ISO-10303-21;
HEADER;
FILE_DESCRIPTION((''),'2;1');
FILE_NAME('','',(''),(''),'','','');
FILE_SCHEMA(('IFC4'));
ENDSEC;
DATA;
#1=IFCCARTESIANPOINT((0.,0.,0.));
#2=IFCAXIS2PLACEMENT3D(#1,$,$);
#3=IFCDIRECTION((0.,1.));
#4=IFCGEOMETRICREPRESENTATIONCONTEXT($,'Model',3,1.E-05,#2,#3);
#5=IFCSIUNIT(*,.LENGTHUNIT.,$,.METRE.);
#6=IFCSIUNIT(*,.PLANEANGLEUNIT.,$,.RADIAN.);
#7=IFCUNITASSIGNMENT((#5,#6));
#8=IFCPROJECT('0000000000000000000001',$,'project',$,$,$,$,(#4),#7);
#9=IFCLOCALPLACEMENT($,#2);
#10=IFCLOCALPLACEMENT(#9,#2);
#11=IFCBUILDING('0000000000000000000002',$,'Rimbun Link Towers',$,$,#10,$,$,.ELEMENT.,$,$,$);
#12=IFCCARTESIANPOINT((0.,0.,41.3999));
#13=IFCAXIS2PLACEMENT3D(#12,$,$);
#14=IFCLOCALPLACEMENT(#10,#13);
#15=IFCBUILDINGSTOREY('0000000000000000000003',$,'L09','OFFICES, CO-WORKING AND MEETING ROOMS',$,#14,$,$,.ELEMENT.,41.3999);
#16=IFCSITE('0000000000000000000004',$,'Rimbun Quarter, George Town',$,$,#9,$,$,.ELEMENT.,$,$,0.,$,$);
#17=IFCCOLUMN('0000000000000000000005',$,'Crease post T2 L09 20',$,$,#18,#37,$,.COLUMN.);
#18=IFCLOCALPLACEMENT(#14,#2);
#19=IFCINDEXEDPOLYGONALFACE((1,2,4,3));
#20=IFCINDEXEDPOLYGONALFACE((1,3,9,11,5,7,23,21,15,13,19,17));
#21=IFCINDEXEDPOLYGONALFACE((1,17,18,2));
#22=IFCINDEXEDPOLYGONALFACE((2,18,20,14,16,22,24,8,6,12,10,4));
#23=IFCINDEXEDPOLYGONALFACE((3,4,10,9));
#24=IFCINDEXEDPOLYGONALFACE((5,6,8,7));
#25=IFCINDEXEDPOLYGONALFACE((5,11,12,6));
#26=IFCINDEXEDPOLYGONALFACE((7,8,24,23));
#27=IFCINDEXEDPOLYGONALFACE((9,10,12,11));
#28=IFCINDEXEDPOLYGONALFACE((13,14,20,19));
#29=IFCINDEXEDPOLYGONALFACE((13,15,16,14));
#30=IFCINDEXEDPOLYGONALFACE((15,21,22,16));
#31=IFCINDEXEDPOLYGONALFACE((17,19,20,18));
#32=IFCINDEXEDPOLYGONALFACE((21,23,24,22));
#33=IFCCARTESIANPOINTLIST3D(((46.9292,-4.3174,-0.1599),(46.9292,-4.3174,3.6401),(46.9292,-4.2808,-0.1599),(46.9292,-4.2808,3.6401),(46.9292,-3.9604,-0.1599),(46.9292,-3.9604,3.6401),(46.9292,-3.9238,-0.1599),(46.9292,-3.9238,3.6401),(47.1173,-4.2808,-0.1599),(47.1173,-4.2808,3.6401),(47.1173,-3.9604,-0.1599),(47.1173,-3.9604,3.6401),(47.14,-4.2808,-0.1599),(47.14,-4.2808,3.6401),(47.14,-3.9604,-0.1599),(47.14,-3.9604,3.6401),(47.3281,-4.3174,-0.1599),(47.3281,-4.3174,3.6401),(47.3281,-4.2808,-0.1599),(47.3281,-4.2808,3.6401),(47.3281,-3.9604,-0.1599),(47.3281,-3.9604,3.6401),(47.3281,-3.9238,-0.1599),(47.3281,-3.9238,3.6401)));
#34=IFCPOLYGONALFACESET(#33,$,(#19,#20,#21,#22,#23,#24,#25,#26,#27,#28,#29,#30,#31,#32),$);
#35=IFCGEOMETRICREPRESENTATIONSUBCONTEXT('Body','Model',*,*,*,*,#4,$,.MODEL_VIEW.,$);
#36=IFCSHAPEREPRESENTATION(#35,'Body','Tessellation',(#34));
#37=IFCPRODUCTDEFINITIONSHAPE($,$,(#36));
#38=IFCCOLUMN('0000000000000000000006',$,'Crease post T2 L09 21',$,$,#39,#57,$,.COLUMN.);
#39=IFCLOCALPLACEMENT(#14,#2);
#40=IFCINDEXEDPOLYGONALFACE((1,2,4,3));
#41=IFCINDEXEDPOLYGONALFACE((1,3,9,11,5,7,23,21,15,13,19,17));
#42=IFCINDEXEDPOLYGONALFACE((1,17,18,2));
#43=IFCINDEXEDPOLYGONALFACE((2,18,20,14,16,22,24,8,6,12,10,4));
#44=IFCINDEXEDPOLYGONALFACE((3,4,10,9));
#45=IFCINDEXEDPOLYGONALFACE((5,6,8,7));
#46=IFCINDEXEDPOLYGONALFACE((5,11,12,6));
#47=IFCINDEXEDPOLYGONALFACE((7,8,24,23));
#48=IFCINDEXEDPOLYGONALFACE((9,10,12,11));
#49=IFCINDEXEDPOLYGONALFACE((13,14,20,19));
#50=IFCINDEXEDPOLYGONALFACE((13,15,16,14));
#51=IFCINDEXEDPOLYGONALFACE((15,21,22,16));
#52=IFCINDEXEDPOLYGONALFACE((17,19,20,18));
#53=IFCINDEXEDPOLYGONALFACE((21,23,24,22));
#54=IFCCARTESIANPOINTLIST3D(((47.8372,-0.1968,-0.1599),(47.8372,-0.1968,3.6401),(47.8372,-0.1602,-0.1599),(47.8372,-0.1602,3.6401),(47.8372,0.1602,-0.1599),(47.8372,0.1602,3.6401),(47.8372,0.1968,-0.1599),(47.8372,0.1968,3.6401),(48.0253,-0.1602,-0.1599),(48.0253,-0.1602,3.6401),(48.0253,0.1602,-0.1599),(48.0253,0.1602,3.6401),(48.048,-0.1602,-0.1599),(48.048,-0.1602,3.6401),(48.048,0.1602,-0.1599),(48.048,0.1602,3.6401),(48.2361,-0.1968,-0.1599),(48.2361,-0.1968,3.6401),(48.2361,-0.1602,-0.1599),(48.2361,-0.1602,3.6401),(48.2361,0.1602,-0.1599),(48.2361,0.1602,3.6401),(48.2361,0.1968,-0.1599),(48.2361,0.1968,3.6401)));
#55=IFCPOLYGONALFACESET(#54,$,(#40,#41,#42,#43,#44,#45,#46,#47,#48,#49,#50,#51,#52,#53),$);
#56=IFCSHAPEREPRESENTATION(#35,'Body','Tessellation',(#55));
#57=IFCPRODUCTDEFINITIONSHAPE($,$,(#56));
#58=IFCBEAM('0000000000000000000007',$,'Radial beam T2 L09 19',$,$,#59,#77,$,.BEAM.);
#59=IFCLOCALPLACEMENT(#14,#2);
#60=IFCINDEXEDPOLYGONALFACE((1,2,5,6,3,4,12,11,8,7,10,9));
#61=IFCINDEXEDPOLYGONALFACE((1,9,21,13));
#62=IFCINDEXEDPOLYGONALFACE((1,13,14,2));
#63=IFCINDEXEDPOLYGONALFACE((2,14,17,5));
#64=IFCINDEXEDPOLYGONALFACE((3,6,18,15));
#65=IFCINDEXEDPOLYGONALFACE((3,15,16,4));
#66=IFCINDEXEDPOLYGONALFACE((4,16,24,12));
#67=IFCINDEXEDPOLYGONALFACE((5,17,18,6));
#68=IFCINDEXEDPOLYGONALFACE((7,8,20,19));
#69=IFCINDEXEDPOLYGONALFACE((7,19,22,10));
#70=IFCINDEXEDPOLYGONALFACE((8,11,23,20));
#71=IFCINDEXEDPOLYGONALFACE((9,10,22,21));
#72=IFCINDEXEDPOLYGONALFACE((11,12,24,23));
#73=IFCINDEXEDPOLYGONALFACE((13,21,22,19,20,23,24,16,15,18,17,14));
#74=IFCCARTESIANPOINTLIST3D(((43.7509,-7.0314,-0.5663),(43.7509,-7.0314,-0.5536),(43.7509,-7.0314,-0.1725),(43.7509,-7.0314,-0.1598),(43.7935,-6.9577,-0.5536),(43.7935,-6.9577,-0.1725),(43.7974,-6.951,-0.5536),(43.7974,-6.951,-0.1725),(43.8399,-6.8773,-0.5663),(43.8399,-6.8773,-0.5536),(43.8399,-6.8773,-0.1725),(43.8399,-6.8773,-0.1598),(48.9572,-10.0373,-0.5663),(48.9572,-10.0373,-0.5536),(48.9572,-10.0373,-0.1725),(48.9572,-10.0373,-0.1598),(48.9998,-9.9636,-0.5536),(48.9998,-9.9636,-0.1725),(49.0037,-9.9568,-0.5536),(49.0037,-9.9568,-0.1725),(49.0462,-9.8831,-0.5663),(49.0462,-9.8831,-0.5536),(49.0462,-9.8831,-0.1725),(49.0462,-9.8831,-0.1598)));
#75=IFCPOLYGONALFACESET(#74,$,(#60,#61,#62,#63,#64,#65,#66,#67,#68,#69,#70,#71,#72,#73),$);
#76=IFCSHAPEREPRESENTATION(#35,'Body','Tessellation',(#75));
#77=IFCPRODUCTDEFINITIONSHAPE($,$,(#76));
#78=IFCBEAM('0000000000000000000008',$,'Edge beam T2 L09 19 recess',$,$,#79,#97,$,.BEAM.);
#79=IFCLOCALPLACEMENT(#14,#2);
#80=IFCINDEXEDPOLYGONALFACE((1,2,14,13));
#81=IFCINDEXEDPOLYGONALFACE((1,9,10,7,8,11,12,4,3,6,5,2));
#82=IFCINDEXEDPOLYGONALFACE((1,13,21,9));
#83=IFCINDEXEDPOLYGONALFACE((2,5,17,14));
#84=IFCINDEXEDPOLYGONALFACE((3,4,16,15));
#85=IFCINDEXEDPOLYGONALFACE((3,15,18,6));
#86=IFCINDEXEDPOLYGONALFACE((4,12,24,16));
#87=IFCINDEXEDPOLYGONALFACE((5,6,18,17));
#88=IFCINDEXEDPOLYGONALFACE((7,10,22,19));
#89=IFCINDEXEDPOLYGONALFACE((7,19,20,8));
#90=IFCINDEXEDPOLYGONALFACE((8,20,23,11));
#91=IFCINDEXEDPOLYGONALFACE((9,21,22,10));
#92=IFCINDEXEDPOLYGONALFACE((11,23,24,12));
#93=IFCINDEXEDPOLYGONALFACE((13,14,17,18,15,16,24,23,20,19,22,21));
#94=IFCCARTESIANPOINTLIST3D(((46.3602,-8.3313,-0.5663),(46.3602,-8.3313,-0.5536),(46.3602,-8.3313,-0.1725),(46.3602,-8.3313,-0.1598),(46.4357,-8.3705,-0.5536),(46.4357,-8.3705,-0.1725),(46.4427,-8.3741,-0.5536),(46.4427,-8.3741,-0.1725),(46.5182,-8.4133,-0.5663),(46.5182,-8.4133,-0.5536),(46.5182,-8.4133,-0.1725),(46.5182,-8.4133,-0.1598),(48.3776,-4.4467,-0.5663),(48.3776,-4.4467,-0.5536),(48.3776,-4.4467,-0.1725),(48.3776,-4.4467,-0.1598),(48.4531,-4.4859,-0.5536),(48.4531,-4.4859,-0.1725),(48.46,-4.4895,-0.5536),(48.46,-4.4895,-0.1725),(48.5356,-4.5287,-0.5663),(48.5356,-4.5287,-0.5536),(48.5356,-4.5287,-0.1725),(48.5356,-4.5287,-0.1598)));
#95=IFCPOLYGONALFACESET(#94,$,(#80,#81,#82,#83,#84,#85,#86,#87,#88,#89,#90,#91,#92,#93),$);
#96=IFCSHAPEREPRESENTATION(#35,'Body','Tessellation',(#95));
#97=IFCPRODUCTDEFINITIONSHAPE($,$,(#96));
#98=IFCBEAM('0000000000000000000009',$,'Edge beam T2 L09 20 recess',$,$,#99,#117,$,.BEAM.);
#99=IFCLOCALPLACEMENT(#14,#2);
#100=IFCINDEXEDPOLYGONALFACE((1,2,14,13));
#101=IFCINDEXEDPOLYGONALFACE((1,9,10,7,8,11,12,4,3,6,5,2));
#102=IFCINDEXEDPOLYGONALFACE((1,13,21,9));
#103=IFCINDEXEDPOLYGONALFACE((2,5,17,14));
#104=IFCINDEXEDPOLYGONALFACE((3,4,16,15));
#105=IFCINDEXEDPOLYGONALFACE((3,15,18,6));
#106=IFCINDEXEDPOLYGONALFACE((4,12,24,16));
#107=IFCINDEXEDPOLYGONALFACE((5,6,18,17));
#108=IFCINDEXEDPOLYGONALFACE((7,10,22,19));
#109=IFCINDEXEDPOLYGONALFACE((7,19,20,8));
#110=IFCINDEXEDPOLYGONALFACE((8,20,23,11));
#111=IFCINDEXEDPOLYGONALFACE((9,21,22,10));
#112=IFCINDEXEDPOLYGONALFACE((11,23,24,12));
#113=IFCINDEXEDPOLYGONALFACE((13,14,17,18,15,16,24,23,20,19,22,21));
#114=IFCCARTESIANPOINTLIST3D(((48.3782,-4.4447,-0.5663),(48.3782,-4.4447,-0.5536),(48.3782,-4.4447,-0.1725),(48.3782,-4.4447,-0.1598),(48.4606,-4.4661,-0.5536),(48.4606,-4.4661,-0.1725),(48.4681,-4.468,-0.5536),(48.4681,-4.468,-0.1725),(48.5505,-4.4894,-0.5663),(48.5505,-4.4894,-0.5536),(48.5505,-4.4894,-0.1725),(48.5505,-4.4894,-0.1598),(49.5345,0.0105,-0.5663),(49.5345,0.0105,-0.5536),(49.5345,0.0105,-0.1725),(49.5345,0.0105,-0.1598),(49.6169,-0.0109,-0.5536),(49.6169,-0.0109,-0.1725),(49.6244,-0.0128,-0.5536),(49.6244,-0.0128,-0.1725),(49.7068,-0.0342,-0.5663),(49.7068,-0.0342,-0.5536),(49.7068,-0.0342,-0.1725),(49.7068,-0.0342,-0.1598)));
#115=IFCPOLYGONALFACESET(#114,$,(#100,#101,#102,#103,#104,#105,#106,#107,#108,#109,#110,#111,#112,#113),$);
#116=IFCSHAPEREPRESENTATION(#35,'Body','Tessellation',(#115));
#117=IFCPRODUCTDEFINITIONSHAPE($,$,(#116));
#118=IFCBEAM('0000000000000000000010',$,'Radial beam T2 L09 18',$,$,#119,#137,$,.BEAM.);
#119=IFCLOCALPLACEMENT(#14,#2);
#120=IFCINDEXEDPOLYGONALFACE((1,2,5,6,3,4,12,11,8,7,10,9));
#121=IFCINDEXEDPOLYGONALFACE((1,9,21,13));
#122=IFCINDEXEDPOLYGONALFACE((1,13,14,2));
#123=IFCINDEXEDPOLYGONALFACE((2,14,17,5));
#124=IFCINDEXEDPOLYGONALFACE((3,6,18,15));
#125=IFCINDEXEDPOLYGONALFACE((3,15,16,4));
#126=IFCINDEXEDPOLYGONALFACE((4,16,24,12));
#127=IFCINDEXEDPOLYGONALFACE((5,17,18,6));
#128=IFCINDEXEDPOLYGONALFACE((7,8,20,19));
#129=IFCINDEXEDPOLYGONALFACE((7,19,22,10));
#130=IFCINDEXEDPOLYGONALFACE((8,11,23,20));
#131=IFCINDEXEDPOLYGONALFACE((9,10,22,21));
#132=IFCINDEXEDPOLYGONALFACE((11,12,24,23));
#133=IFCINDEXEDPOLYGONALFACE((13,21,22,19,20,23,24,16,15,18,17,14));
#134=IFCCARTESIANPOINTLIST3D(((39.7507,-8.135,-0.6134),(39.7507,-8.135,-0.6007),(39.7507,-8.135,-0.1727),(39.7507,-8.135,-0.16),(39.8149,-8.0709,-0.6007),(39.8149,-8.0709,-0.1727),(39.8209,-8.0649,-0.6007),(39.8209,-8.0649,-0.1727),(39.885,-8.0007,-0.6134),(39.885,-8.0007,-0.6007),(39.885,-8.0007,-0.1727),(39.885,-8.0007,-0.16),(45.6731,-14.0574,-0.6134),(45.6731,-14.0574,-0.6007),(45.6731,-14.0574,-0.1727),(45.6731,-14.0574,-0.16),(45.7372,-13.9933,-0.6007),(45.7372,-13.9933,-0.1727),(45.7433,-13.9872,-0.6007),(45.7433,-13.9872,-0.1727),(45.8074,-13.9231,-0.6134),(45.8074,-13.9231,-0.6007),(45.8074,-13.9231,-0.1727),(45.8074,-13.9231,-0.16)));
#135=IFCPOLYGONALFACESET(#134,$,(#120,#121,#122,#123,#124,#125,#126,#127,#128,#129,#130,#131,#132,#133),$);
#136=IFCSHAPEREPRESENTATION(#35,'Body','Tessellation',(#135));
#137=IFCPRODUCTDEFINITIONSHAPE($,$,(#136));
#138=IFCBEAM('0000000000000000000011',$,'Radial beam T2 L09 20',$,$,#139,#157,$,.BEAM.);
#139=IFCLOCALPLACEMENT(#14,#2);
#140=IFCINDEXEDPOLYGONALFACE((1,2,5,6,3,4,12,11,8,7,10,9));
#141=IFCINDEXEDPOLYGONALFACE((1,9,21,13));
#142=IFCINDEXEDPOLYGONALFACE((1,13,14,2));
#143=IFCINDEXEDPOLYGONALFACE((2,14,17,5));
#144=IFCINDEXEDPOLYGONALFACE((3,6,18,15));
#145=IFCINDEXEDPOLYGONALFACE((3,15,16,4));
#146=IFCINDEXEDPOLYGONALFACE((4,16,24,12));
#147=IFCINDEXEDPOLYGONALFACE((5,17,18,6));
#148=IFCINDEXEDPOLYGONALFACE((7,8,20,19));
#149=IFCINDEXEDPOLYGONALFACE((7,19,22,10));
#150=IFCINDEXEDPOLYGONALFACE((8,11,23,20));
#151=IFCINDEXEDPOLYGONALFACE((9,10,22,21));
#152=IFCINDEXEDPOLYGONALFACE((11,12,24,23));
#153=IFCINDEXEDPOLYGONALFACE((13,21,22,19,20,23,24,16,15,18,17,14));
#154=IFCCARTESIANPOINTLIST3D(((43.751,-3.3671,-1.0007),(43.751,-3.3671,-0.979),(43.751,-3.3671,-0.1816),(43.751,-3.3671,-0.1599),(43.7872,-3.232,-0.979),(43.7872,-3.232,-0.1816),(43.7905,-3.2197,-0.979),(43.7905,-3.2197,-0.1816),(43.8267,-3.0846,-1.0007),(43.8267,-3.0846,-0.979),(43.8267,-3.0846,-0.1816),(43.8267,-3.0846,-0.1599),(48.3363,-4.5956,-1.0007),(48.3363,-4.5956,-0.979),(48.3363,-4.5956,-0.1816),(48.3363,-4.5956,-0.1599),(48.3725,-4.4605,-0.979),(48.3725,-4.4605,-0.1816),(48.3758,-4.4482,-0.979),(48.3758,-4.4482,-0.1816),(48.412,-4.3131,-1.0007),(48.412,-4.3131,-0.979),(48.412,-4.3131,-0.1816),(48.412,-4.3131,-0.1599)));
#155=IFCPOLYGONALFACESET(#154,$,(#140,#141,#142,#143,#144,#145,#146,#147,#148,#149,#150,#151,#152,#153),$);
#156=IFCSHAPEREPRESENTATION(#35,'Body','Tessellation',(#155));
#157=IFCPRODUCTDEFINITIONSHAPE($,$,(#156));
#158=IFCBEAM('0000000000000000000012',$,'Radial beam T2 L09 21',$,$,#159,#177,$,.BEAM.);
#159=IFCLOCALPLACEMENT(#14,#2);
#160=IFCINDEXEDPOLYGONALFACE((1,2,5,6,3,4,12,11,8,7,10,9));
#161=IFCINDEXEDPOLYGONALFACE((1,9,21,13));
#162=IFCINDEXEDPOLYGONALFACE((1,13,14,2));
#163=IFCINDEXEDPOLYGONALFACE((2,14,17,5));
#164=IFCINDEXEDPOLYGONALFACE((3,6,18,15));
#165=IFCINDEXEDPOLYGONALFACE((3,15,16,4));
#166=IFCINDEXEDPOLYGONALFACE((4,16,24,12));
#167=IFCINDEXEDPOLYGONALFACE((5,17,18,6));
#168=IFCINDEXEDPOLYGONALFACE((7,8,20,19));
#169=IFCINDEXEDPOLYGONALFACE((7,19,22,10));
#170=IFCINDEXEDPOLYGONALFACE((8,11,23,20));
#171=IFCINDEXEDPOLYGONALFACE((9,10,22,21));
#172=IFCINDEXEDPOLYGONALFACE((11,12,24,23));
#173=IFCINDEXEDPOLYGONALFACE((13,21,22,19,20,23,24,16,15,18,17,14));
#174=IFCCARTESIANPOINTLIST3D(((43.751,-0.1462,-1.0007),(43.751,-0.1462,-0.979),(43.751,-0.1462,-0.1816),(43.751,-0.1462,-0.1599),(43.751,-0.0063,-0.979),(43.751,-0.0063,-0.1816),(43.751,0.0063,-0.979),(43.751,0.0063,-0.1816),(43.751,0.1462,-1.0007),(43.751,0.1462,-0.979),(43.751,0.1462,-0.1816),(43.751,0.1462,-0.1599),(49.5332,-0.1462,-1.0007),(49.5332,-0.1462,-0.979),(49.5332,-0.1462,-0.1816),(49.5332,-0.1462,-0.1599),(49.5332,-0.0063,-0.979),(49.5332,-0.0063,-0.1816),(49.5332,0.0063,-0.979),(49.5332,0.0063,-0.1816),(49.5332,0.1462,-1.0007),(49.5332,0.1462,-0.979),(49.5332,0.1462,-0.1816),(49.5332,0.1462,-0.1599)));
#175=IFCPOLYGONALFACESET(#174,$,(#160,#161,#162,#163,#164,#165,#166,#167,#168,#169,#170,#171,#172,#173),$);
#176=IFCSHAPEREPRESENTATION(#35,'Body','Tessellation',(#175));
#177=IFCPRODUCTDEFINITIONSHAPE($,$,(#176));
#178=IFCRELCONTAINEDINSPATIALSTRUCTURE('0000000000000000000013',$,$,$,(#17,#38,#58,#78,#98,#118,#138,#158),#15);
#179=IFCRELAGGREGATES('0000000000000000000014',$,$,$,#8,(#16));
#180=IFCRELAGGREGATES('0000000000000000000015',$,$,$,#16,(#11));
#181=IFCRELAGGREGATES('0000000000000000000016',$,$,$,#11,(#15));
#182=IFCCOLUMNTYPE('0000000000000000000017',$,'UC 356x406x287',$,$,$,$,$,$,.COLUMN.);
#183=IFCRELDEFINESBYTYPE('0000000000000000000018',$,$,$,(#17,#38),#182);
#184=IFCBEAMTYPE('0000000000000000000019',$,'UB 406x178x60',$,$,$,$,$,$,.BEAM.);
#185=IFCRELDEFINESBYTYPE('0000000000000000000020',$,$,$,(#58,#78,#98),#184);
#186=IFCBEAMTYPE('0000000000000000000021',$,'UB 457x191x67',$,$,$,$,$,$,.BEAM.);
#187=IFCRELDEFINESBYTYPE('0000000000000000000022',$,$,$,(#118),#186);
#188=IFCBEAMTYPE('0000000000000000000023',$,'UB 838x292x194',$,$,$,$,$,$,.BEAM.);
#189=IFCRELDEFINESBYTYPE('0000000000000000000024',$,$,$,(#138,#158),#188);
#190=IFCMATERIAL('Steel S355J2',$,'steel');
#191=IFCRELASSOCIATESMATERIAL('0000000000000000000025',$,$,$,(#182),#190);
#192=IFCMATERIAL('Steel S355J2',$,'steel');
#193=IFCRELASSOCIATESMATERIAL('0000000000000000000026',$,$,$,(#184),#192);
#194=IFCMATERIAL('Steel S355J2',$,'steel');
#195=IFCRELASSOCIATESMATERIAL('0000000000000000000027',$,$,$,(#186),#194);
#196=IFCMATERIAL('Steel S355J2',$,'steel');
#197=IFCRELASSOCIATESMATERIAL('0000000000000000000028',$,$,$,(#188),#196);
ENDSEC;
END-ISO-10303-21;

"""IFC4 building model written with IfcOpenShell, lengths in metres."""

from ifc_helpers import new_model, si_unit, direction, frame, origin, origin_2d, place, context, subcontext, project, spatial, i_section, extrude, material, material_profile, profile_set, type_object, element, save


model = new_model("IFC4")

# Units and contexts
model_context = context("Model", 3, precision=1e-05, world=origin(), true_north=direction((0.0, 1.0)))
body_context = subcontext(model_context, "Body", "Model", "MODEL_VIEW")
ifc_project = project(units=[si_unit("LENGTHUNIT", "METRE"), si_unit("PLANEANGLEUNIT", "RADIAN")], contexts=[model_context])

# Site, building, storey
site_placement = place(None, origin())
site = spatial("IfcSite", under=ifc_project, at=site_placement, Name="Rimbun Quarter, George Town", CompositionType="ELEMENT", RefElevation=0.0)
building_placement = place(site_placement, origin())
building = spatial("IfcBuilding", under=site, at=building_placement, Name="Rimbun Link Towers", CompositionType="ELEMENT")
storey_placement = place(building_placement, frame((0.0, 0.0, 41.3999)))
storey = spatial("IfcBuildingStorey", under=building, at=storey_placement, Name="L09", Description="OFFICES, CO-WORKING AND MEETING ROOMS", CompositionType="ELEMENT", Elevation=41.3999)

# Columns
ifc_material_1 = material(Name="Steel S355J2", Category="steel")
ifc_material_profile_1 = material_profile(ifc_material_1, i_section(OverallWidth=0.3989, OverallDepth=0.3936, WebThickness=0.0227, FlangeThickness=0.0366, at=origin_2d()), Name="UC 356x406x287")
ifc_profile_set_1 = profile_set([ifc_material_profile_1], Name="Steel S355J2")
column_type = type_object("IfcColumnType", Name="UC 356x406x287", PredefinedType="COLUMN", material=ifc_profile_set_1)
for number, where, z_axis, x_axis, name in (
    (1, (47.1287, -4.1206, -0.1599), (0.0, 0.0, 1.0), (1.0, 0.0, 0.0), "Crease post T2 L09 20"),
    (2, (48.0366, 0.0, -0.1599), (0.0, 0.0, 1.0), (1.0, 0.0, 0.0), "Crease post T2 L09 21"),
):
    element("IfcColumn", number, at=place(storey_placement, frame(where, z_axis=z_axis, x_axis=x_axis)), inside=storey, type_object=column_type, Name=name, PredefinedType="COLUMN", context=body_context, shape_type="SweptSolid", body=[
        extrude(i_section(OverallWidth=0.3989, OverallDepth=0.3936, WebThickness=0.0227, FlangeThickness=0.0366, at=origin_2d()), origin(), (0.0, 0.0, 1.0), 3.8),
    ])

# Beams
ifc_material_2 = material(Name="Steel S355J2", Category="steel")
ifc_material_profile_2 = material_profile(ifc_material_2, i_section(OverallWidth=0.178, OverallDepth=0.4065, WebThickness=0.0078, FlangeThickness=0.0127, at=origin_2d()), Name="UB 406x178x60")
ifc_profile_set_2 = profile_set([ifc_material_profile_2], Name="Steel S355J2")
beam_type_1 = type_object("IfcBeamType", Name="UB 406x178x60", PredefinedType="BEAM", material=ifc_profile_set_2)
beam_1_placement = place(storey_placement, frame((43.7954, -6.9543, -0.363), z_axis=(0.866025, -0.5, 0.0), x_axis=(0.5, 0.866025, 0.0)))
element("IfcBeam", 3, at=beam_1_placement, inside=storey, type_object=beam_type_1, Name="Radial beam T2 L09 19", PredefinedType="BEAM", context=body_context, shape_type="SweptSolid", body=[
    extrude(i_section(OverallWidth=0.178, OverallDepth=0.4065, WebThickness=0.0078, FlangeThickness=0.0127, at=origin_2d()), origin(), (0.0, 0.0, 1.0), 6.0117),
])
beam_2_placement = place(storey_placement, frame((46.4392, -8.3723, -0.363), z_axis=(0.460882, 0.887461, 0.0), x_axis=(-0.887461, 0.460882, 0.0)))
element("IfcBeam", 4, at=beam_2_placement, inside=storey, type_object=beam_type_1, Name="Edge beam T2 L09 19 recess", PredefinedType="BEAM", context=body_context, shape_type="SweptSolid", body=[
    extrude(i_section(OverallWidth=0.178, OverallDepth=0.4065, WebThickness=0.0078, FlangeThickness=0.0127, at=origin_2d()), origin(), (0.0, 0.0, 1.0), 4.3772),
])
beam_3_placement = place(storey_placement, frame((48.4644, -4.467, -0.363), z_axis=(0.251213, 0.967932, 0.0), x_axis=(-0.967932, 0.251213, 0.0)))
element("IfcBeam", 5, at=beam_3_placement, inside=storey, type_object=beam_type_1, Name="Edge beam T2 L09 20 recess", PredefinedType="BEAM", context=body_context, shape_type="SweptSolid", body=[
    extrude(i_section(OverallWidth=0.178, OverallDepth=0.4065, WebThickness=0.0078, FlangeThickness=0.0127, at=origin_2d()), origin(), (0.0, 0.0, 1.0), 4.6028),
])
ifc_material_3 = material(Name="Steel S355J2", Category="steel")
ifc_material_profile_3 = material_profile(ifc_material_3, i_section(OverallWidth=0.1899, OverallDepth=0.4534, WebThickness=0.0085, FlangeThickness=0.0127, at=origin_2d()), Name="UB 457x191x67")
ifc_profile_set_3 = profile_set([ifc_material_profile_3], Name="Steel S355J2")
beam_type_2 = type_object("IfcBeamType", Name="UB 457x191x67", PredefinedType="BEAM", material=ifc_profile_set_3)
beam_4_placement = place(storey_placement, frame((39.8179, -8.0679, -0.3867), z_axis=(0.707107, -0.707107, 0.0), x_axis=(0.707107, 0.707107, 0.0)))
element("IfcBeam", 6, at=beam_4_placement, inside=storey, type_object=beam_type_2, Name="Radial beam T2 L09 18", PredefinedType="BEAM", context=body_context, shape_type="SweptSolid", body=[
    extrude(i_section(OverallWidth=0.1899, OverallDepth=0.4534, WebThickness=0.0085, FlangeThickness=0.0127, at=origin_2d()), origin(), (0.0, 0.0, 1.0), 8.3755),
])
ifc_material_4 = material(Name="Steel S355J2", Category="steel")
ifc_material_profile_4 = material_profile(ifc_material_4, i_section(OverallWidth=0.2925, OverallDepth=0.8408, WebThickness=0.0127, FlangeThickness=0.0217, at=origin_2d()), Name="UB 838x292x194")
ifc_profile_set_4 = profile_set([ifc_material_profile_4], Name="Steel S355J2")
beam_type_3 = type_object("IfcBeamType", Name="UB 838x292x194", PredefinedType="BEAM", material=ifc_profile_set_4)
beam_5_placement = place(storey_placement, frame((43.7888, -3.2258, -0.5803), z_axis=(0.965934, -0.258789, 0.0), x_axis=(0.258789, 0.965934, 0.0)))
element("IfcBeam", 7, at=beam_5_placement, inside=storey, type_object=beam_type_3, Name="Radial beam T2 L09 20", PredefinedType="BEAM", context=body_context, shape_type="SweptSolid", body=[
    extrude(i_section(OverallWidth=0.2925, OverallDepth=0.8408, WebThickness=0.0127, FlangeThickness=0.0217, at=origin_2d()), origin(), (0.0, 0.0, 1.0), 4.7471),
])
beam_6_placement = place(storey_placement, frame((43.751, 0.0, -0.5803), z_axis=(1.0, 0.0, 0.0), x_axis=(0.0, 1.0, 0.0)))
element("IfcBeam", 8, at=beam_6_placement, inside=storey, type_object=beam_type_3, Name="Radial beam T2 L09 21", PredefinedType="BEAM", context=body_context, shape_type="SweptSolid", body=[
    extrude(i_section(OverallWidth=0.2925, OverallDepth=0.8408, WebThickness=0.0127, FlangeThickness=0.0217, at=origin_2d()), origin(), (0.0, 0.0, 1.0), 5.7822),
])

save(model, "model.ifc")
